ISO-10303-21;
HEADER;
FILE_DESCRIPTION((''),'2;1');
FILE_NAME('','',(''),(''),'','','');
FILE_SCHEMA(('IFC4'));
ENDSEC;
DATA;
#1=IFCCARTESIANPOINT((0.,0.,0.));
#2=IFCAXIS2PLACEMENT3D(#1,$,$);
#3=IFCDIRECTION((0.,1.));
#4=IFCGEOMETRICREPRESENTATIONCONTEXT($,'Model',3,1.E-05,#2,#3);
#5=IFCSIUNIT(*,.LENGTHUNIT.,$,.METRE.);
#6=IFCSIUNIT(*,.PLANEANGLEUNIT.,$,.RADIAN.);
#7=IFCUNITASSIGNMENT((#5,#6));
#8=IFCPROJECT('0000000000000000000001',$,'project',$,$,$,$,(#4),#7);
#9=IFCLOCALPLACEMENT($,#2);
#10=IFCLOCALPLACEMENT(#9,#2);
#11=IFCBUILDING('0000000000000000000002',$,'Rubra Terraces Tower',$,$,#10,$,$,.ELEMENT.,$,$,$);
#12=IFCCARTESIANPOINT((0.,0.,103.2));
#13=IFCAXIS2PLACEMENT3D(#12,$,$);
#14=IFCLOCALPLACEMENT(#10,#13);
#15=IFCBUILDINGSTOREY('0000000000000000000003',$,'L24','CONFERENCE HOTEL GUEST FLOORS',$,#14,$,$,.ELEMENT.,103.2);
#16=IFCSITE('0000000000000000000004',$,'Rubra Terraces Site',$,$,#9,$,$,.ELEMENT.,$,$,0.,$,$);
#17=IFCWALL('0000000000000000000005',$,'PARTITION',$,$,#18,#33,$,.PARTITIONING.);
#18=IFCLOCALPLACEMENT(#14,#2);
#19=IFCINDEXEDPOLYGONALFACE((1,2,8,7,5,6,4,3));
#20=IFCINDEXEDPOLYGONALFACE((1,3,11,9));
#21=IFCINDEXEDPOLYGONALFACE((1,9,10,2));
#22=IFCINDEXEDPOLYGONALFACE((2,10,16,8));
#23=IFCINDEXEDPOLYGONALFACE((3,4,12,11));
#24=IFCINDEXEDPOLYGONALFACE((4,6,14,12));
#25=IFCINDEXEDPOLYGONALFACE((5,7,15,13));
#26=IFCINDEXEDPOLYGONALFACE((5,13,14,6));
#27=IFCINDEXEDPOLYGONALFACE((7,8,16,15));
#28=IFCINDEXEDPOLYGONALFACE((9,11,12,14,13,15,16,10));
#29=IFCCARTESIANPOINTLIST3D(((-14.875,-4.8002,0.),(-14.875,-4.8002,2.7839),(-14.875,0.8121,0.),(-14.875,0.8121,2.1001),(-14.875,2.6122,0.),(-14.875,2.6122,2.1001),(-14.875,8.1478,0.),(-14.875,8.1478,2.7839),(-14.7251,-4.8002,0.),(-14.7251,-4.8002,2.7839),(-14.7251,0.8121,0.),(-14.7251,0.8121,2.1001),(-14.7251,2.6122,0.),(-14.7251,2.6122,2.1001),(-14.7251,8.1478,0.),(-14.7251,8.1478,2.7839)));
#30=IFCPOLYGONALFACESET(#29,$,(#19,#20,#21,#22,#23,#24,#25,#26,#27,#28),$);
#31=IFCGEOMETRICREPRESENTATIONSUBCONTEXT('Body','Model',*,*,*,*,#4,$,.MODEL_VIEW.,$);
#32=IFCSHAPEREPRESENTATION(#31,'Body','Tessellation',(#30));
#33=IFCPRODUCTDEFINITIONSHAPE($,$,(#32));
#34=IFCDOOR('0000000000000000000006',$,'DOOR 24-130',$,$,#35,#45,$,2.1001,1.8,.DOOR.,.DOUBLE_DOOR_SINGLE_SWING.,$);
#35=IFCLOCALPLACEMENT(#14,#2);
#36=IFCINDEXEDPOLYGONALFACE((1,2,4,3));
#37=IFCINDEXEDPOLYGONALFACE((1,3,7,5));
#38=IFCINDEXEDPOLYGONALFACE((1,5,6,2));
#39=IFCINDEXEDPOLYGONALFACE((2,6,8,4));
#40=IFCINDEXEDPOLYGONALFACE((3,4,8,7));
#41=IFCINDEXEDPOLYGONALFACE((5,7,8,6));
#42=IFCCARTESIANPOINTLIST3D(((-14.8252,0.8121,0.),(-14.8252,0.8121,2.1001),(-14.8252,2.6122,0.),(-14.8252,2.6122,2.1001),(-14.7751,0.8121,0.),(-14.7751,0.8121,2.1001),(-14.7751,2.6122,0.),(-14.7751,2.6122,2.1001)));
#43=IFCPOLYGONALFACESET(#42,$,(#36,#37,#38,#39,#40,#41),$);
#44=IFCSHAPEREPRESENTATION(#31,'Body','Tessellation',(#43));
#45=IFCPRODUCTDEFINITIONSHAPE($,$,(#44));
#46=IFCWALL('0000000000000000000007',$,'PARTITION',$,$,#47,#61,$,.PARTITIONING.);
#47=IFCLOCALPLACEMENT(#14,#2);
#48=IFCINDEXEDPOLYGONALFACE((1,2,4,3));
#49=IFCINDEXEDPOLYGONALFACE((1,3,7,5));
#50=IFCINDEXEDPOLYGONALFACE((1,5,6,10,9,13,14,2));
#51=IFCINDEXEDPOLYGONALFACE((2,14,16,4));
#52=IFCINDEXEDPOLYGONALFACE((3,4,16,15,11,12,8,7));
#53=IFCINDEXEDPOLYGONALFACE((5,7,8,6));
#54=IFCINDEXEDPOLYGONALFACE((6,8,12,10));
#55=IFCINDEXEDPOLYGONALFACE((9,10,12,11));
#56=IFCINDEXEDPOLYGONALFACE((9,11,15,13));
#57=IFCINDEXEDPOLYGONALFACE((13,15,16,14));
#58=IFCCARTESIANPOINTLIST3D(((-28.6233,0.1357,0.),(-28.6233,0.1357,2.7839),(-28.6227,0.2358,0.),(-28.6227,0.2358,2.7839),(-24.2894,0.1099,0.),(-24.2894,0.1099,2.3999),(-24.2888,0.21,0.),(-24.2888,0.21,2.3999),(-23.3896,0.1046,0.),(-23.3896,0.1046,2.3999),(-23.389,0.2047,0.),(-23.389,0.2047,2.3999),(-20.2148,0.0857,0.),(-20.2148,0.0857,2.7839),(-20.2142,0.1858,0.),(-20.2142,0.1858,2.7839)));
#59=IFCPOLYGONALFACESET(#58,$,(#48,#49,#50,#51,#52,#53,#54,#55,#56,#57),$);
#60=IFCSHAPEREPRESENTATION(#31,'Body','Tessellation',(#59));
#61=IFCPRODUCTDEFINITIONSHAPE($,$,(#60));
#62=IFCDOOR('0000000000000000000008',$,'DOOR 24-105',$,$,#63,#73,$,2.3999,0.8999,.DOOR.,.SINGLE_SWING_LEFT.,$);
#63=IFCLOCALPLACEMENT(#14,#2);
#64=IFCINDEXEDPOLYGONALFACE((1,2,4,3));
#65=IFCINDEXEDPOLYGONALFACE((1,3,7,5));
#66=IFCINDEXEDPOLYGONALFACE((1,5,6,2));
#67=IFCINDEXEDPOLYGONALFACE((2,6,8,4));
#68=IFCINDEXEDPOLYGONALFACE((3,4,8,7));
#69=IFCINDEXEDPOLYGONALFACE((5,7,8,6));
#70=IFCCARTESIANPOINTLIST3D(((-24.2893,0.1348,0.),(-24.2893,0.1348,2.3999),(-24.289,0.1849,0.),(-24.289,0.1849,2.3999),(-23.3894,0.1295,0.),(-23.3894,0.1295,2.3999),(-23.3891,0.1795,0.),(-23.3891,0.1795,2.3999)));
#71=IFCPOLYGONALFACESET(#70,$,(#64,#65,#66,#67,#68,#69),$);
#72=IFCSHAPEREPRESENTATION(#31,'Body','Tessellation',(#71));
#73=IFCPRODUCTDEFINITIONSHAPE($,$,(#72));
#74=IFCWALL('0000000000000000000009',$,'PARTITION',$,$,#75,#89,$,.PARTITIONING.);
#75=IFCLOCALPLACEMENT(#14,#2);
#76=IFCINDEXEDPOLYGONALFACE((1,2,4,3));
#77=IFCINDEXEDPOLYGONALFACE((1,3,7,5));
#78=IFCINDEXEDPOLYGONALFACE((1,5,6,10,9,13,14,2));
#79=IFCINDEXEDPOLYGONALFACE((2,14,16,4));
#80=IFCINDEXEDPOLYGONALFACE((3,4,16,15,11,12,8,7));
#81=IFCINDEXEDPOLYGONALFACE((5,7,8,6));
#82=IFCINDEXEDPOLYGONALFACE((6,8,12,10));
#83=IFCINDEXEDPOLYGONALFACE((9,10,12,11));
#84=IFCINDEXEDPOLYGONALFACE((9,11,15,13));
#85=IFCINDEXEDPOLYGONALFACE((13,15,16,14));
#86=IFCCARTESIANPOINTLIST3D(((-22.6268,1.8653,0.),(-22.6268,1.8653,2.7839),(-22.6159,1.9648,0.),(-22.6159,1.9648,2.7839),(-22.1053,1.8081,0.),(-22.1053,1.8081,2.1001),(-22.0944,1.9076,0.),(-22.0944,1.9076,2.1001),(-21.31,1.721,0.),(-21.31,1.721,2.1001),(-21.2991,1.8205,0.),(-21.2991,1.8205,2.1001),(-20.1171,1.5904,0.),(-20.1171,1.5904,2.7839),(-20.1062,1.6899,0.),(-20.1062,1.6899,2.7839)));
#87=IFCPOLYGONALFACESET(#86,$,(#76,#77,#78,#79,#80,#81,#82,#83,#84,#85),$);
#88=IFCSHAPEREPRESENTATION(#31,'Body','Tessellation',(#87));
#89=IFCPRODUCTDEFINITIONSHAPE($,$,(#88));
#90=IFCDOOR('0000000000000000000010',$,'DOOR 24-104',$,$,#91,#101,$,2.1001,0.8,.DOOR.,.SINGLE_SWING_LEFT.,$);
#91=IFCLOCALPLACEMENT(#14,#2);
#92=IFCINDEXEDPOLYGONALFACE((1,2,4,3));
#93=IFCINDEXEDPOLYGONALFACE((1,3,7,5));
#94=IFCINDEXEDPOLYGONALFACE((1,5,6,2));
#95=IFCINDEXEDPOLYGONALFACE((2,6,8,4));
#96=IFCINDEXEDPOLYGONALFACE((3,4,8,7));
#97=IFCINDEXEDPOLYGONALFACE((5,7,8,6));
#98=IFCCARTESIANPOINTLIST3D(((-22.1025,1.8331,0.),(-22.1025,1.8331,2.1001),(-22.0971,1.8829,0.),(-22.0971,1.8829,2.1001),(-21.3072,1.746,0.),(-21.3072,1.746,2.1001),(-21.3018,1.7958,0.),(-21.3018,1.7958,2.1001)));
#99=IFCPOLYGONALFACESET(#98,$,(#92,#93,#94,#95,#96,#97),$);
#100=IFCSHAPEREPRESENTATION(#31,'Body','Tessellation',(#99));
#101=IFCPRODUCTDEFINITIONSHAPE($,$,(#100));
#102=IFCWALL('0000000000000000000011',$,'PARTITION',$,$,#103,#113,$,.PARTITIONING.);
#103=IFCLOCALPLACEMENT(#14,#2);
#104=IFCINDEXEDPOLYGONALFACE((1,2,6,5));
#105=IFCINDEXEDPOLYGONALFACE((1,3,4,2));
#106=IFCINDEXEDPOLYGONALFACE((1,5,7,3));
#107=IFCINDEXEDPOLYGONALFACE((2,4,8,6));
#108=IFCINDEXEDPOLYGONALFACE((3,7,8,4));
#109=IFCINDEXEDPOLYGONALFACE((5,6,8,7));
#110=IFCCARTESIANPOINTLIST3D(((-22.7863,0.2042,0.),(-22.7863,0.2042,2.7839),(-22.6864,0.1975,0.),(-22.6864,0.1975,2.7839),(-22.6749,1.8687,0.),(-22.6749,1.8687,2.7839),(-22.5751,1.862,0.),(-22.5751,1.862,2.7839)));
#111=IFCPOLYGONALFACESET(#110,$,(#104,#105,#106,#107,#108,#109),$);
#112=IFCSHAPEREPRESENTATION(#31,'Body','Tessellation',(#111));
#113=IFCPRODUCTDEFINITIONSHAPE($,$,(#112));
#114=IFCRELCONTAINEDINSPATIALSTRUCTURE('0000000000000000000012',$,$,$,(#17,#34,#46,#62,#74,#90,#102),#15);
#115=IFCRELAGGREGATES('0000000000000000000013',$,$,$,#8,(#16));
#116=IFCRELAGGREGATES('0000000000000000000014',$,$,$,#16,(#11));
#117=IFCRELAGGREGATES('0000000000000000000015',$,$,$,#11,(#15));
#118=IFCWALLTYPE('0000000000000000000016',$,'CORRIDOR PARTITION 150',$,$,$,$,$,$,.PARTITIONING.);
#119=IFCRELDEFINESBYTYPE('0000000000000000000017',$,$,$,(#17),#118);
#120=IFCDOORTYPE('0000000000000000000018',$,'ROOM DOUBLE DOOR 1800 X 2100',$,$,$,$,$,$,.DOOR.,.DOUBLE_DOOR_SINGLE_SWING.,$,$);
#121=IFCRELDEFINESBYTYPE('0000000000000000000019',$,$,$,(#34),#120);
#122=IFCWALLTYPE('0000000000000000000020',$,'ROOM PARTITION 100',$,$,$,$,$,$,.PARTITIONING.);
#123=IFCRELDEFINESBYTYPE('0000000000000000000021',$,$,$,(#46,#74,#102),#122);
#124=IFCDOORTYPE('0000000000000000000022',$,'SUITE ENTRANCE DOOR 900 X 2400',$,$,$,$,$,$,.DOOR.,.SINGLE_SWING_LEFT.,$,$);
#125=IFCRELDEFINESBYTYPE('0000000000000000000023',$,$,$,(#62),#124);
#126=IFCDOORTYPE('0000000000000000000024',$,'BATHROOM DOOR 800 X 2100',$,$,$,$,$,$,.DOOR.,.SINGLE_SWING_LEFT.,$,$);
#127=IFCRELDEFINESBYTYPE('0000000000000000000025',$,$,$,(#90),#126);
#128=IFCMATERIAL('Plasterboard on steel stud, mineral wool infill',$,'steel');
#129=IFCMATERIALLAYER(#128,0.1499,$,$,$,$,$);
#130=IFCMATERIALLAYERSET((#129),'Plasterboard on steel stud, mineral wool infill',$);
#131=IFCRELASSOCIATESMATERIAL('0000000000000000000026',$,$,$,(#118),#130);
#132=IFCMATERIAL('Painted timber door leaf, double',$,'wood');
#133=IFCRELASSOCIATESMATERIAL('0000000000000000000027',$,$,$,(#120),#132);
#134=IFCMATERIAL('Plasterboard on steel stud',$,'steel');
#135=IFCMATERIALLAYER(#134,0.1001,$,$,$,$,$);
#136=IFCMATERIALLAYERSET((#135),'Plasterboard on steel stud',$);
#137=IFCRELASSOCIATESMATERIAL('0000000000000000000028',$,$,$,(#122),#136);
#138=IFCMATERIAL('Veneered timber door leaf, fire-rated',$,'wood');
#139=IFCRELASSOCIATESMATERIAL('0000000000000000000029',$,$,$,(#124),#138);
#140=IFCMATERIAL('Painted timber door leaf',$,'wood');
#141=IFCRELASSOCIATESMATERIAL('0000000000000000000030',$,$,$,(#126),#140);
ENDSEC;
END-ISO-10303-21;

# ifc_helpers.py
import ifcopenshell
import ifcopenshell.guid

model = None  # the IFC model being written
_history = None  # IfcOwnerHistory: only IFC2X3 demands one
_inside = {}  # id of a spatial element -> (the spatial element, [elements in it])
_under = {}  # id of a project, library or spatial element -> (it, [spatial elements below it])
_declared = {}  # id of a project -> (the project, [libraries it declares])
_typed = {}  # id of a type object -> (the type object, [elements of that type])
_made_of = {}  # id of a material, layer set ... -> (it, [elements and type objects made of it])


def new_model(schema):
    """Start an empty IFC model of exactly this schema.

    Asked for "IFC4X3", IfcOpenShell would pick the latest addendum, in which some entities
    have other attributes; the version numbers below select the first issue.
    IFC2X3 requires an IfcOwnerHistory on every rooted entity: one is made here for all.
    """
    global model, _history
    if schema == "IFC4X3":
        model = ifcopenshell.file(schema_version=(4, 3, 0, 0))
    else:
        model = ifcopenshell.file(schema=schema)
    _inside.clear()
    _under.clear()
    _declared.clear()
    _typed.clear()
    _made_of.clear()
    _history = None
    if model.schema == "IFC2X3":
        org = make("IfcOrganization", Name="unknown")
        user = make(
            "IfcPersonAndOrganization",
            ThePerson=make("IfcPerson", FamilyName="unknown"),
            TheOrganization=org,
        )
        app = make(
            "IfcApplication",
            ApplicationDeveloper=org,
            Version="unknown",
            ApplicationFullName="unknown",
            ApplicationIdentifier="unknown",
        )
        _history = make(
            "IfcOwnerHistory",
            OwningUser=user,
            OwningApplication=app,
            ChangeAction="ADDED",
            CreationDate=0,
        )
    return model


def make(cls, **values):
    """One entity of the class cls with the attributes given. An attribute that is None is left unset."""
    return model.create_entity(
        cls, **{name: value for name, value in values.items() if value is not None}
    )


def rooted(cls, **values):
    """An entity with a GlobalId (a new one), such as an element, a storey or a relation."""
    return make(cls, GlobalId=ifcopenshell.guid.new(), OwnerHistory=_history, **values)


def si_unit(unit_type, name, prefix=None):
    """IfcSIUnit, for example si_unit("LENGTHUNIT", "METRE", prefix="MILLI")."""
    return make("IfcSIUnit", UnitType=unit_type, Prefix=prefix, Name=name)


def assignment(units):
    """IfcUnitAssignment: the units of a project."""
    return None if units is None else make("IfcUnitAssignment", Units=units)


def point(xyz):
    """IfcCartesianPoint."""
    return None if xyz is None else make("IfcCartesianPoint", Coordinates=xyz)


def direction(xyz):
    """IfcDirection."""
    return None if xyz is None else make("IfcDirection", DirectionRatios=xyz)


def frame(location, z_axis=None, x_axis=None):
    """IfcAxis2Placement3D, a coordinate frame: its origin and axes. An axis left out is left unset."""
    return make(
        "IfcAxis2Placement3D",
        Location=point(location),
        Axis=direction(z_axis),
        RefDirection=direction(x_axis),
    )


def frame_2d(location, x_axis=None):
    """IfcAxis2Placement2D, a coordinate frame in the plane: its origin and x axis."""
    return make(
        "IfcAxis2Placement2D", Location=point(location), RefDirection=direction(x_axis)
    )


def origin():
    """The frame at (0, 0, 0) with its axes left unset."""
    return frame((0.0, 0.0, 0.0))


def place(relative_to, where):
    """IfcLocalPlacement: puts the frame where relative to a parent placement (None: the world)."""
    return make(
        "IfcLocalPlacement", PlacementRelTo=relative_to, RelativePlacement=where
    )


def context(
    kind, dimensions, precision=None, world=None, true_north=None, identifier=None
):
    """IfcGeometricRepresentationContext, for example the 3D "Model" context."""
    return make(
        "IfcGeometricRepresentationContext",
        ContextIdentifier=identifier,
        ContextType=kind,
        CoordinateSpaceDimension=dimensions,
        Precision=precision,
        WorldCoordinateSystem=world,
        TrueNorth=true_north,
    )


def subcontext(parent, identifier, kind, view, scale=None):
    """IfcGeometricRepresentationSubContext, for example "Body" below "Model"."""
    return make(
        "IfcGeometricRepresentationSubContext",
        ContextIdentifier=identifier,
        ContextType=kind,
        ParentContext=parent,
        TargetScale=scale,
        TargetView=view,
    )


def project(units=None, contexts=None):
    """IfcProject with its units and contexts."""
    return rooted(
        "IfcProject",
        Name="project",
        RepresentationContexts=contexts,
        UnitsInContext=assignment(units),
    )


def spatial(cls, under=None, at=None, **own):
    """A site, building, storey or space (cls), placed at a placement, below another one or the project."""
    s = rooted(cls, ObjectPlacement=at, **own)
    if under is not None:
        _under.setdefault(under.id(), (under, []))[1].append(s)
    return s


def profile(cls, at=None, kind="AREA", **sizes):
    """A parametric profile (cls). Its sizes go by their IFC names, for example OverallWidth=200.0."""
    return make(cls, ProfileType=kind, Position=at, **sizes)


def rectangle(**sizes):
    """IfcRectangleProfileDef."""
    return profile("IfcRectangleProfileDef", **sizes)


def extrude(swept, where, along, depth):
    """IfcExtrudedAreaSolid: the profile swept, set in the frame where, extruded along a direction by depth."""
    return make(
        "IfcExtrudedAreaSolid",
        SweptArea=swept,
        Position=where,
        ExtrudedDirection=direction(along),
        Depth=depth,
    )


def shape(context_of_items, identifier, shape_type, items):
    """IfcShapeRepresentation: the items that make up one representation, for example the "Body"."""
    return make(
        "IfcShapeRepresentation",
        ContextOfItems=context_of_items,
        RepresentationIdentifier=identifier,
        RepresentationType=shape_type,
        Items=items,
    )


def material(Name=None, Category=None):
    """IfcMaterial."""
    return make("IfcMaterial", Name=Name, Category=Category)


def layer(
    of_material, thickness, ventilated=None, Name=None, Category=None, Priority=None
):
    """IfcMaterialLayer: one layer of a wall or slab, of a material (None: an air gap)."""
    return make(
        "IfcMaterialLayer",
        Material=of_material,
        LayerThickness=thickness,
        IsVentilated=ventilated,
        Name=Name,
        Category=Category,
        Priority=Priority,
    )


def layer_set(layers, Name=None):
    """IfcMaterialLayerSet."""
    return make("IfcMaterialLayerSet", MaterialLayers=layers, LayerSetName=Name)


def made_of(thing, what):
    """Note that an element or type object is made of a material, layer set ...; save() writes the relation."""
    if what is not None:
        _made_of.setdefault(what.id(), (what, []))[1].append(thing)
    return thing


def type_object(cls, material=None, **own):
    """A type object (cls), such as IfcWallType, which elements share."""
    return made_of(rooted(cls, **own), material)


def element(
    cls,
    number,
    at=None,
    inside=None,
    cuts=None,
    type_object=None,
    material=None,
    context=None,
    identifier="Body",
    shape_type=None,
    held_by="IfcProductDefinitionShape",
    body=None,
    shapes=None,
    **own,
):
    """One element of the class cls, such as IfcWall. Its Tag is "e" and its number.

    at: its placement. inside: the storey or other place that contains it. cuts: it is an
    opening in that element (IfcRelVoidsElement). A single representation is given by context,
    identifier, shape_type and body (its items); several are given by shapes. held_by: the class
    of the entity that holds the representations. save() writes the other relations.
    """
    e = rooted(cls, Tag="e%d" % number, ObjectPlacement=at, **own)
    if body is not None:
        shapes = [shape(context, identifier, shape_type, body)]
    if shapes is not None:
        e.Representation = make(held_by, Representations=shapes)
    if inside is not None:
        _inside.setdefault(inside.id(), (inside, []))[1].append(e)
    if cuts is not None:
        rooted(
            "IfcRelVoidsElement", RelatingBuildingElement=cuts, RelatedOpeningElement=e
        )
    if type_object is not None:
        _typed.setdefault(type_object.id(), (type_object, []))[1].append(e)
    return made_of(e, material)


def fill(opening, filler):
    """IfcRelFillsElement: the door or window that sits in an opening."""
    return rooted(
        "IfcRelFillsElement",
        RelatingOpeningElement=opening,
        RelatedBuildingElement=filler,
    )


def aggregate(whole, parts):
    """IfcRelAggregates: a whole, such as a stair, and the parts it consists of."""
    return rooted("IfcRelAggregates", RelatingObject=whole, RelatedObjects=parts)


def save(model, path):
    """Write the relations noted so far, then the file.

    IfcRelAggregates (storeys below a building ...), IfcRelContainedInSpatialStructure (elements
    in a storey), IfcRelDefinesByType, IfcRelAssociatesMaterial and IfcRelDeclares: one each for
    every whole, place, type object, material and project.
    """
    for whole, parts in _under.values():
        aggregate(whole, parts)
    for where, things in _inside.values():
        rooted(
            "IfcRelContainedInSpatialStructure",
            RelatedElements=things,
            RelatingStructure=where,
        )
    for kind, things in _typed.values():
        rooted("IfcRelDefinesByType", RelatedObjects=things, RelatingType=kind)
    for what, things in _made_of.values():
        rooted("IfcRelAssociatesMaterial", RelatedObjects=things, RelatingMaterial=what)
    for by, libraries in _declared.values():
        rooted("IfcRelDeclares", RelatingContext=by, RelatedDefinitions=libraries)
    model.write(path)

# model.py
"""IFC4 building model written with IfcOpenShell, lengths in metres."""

from ifc_helpers import new_model, si_unit, direction, frame, frame_2d, origin, place, context, subcontext, project, spatial, rectangle, extrude, material, layer, layer_set, type_object, element, fill, save


model = new_model("IFC4")

# Units and contexts
model_context = context("Model", 3, precision=1e-05, world=origin(), true_north=direction((0.0, 1.0)))
body_context = subcontext(model_context, "Body", "Model", "MODEL_VIEW")
ifc_project = project(units=[si_unit("LENGTHUNIT", "METRE"), si_unit("PLANEANGLEUNIT", "RADIAN")], contexts=[model_context])

# Site, building, storey
site_placement = place(None, origin())
site = spatial("IfcSite", under=ifc_project, at=site_placement, Name="Rubra Terraces Site", CompositionType="ELEMENT", RefElevation=0.0)
building_placement = place(site_placement, origin())
building = spatial("IfcBuilding", under=site, at=building_placement, Name="Rubra Terraces Tower", CompositionType="ELEMENT")
storey_placement = place(building_placement, frame((0.0, 0.0, 103.2)))
storey = spatial("IfcBuildingStorey", under=building, at=storey_placement, Name="L24", Description="CONFERENCE HOTEL GUEST FLOORS", CompositionType="ELEMENT", Elevation=103.2)

# Shared definitions
ifc_material_1 = material(Name="Plasterboard on steel stud, mineral wool infill", Category="steel")
ifc_layer_1 = layer(ifc_material_1, 0.1499)
ifc_layer_set_1 = layer_set([ifc_layer_1], Name="Plasterboard on steel stud, mineral wool infill")
wall_type_1 = type_object("IfcWallType", Name="CORRIDOR PARTITION 150", PredefinedType="PARTITIONING", material=ifc_layer_set_1)

# Walls, openings, doors
wall_1_placement = place(storey_placement, frame((-14.8, 8.1479, 0.0), z_axis=(0.0, 0.0, 1.0), x_axis=(0.0, -1.0, 0.0)))
wall_1 = element("IfcWall", 1, at=wall_1_placement, inside=storey, type_object=wall_type_1, Name="PARTITION", PredefinedType="PARTITIONING", context=body_context, shape_type="SweptSolid", body=[
    extrude(rectangle(XDim=12.948, YDim=0.1499, at=frame_2d((6.4741, 0.0))), origin(), (0.0, 0.0, 1.0), 2.7839),
])
opening_1_placement = place(wall_1_placement, frame((5.5359, 0.0, 0.0)))
opening_1 = element("IfcOpeningElement", 2, at=opening_1_placement, cuts=wall_1, PredefinedType="OPENING", context=body_context, shape_type="SweptSolid", body=[
    extrude(rectangle(XDim=1.8, YDim=2.1001, at=frame_2d((0.8999, 1.05))), frame((0.0, 0.085, 0.0), z_axis=(0.0, -1.0, 0.0), x_axis=(1.0, 0.0, 0.0)), (0.0, 0.0, 1.0), 0.1699),
])
ifc_material_2 = material(Name="Painted timber door leaf, double", Category="wood")
door_type_1 = type_object("IfcDoorType", Name="ROOM DOUBLE DOOR 1800 X 2100", OperationType="DOUBLE_DOOR_SINGLE_SWING", PredefinedType="DOOR", material=ifc_material_2)
door_1_placement = place(opening_1_placement, origin())
door_1 = element("IfcDoor", 3, at=door_1_placement, inside=storey, type_object=door_type_1, Name="DOOR 24-130", OperationType="DOUBLE_DOOR_SINGLE_SWING", OverallHeight=2.1001, OverallWidth=1.8, PredefinedType="DOOR", context=body_context, shape_type="SweptSolid", body=[
    extrude(rectangle(XDim=1.8, YDim=2.1001, at=frame_2d((0.8999, 1.05))), frame((0.0, 0.0249, 0.0), z_axis=(0.0, -1.0, 0.0), x_axis=(1.0, 0.0, 0.0)), (0.0, 0.0, 1.0), 0.05),
])
fill(opening_1, door_1)
ifc_material_3 = material(Name="Plasterboard on steel stud", Category="steel")
ifc_layer_2 = layer(ifc_material_3, 0.1001)
ifc_layer_set_2 = layer_set([ifc_layer_2], Name="Plasterboard on steel stud")
wall_type_2 = type_object("IfcWallType", Name="ROOM PARTITION 100", PredefinedType="PARTITIONING", material=ifc_layer_set_2)
wall_2_placement = place(storey_placement, frame((-28.623, 0.1858, 0.0), z_axis=(0.0, 0.0, 1.0), x_axis=(0.999982, -0.005952, 0.0)))
wall_2 = element("IfcWall", 4, at=wall_2_placement, inside=storey, type_object=wall_type_2, Name="PARTITION", PredefinedType="PARTITIONING", context=body_context, shape_type="SweptSolid", body=[
    extrude(rectangle(XDim=8.4087, YDim=0.1001, at=frame_2d((4.2043, 0.0))), origin(), (0.0, 0.0, 1.0), 2.7839),
])
opening_2_placement = place(wall_2_placement, frame((4.334, 0.0, 0.0)))
opening_2 = element("IfcOpeningElement", 5, at=opening_2_placement, cuts=wall_2, PredefinedType="OPENING", context=body_context, shape_type="SweptSolid", body=[
    extrude(rectangle(XDim=0.8999, YDim=2.3999, at=frame_2d((0.45, 1.2))), frame((0.0, 0.0601, 0.0), z_axis=(0.0, -1.0, 0.0), x_axis=(1.0, 0.0, 0.0)), (0.0, 0.0, 1.0), 0.1201),
])
ifc_material_4 = material(Name="Veneered timber door leaf, fire-rated", Category="wood")
door_type_2 = type_object("IfcDoorType", Name="SUITE ENTRANCE DOOR 900 X 2400", OperationType="SINGLE_SWING_LEFT", PredefinedType="DOOR", material=ifc_material_4)
door_2_placement = place(opening_2_placement, origin())
door_2 = element("IfcDoor", 6, at=door_2_placement, inside=storey, type_object=door_type_2, Name="DOOR 24-105", OperationType="SINGLE_SWING_LEFT", OverallHeight=2.3999, OverallWidth=0.8999, PredefinedType="DOOR", context=body_context, shape_type="SweptSolid", body=[
    extrude(rectangle(XDim=0.8999, YDim=2.3999, at=frame_2d((0.45, 1.2))), frame((0.0, 0.0249, 0.0), z_axis=(0.0, -1.0, 0.0), x_axis=(1.0, 0.0, 0.0)), (0.0, 0.0, 1.0), 0.05),
])
fill(opening_2, door_2)
wall_3_placement = place(storey_placement, frame((-20.1118, 1.6401, 0.0), z_axis=(0.0, 0.0, 1.0), x_axis=(-0.994055, 0.108882, 0.0)))
wall_3 = element("IfcWall", 7, at=wall_3_placement, inside=storey, type_object=wall_type_2, Name="PARTITION", PredefinedType="PARTITIONING", context=body_context, shape_type="SweptSolid", body=[
    extrude(rectangle(XDim=2.5247, YDim=0.1001, at=frame_2d((1.2622, 0.0))), origin(), (0.0, 0.0, 1.0), 2.7839),
])
opening_3_placement = place(wall_3_placement, frame((1.2, 0.0, 0.0)))
opening_3 = element("IfcOpeningElement", 8, at=opening_3_placement, cuts=wall_3, PredefinedType="OPENING", context=body_context, shape_type="SweptSolid", body=[
    extrude(rectangle(XDim=0.8, YDim=2.1001, at=frame_2d((0.3999, 1.05))), frame((0.0, 0.0601, 0.0), z_axis=(0.0, -1.0, 0.0), x_axis=(1.0, 0.0, 0.0)), (0.0, 0.0, 1.0), 0.1201),
])
ifc_material_5 = material(Name="Painted timber door leaf", Category="wood")
door_type_3 = type_object("IfcDoorType", Name="BATHROOM DOOR 800 X 2100", OperationType="SINGLE_SWING_LEFT", PredefinedType="DOOR", material=ifc_material_5)
door_3_placement = place(opening_3_placement, origin())
door_3 = element("IfcDoor", 9, at=door_3_placement, inside=storey, type_object=door_type_3, Name="DOOR 24-104", OperationType="SINGLE_SWING_LEFT", OverallHeight=2.1001, OverallWidth=0.8, PredefinedType="DOOR", context=body_context, shape_type="SweptSolid", body=[
    extrude(rectangle(XDim=0.8, YDim=2.1001, at=frame_2d((0.3999, 1.05))), frame((0.0, 0.0249, 0.0), z_axis=(0.0, -1.0, 0.0), x_axis=(1.0, 0.0, 0.0)), (0.0, 0.0, 1.0), 0.05),
])
fill(opening_3, door_3)

# Wall
wall_4_placement = place(storey_placement, frame((-22.625, 1.8652, 0.0), z_axis=(0.0, 0.0, 1.0), x_axis=(-0.066733, -0.997771, 0.0)))
element("IfcWall", 10, at=wall_4_placement, inside=storey, type_object=wall_type_2, Name="PARTITION", PredefinedType="PARTITIONING", context=body_context, shape_type="SweptSolid", body=[
    extrude(rectangle(XDim=1.6682, YDim=0.1001, at=frame_2d((0.834, 0.0))), origin(), (0.0, 0.0, 1.0), 2.7839),
])

save(model, "model.ifc")
